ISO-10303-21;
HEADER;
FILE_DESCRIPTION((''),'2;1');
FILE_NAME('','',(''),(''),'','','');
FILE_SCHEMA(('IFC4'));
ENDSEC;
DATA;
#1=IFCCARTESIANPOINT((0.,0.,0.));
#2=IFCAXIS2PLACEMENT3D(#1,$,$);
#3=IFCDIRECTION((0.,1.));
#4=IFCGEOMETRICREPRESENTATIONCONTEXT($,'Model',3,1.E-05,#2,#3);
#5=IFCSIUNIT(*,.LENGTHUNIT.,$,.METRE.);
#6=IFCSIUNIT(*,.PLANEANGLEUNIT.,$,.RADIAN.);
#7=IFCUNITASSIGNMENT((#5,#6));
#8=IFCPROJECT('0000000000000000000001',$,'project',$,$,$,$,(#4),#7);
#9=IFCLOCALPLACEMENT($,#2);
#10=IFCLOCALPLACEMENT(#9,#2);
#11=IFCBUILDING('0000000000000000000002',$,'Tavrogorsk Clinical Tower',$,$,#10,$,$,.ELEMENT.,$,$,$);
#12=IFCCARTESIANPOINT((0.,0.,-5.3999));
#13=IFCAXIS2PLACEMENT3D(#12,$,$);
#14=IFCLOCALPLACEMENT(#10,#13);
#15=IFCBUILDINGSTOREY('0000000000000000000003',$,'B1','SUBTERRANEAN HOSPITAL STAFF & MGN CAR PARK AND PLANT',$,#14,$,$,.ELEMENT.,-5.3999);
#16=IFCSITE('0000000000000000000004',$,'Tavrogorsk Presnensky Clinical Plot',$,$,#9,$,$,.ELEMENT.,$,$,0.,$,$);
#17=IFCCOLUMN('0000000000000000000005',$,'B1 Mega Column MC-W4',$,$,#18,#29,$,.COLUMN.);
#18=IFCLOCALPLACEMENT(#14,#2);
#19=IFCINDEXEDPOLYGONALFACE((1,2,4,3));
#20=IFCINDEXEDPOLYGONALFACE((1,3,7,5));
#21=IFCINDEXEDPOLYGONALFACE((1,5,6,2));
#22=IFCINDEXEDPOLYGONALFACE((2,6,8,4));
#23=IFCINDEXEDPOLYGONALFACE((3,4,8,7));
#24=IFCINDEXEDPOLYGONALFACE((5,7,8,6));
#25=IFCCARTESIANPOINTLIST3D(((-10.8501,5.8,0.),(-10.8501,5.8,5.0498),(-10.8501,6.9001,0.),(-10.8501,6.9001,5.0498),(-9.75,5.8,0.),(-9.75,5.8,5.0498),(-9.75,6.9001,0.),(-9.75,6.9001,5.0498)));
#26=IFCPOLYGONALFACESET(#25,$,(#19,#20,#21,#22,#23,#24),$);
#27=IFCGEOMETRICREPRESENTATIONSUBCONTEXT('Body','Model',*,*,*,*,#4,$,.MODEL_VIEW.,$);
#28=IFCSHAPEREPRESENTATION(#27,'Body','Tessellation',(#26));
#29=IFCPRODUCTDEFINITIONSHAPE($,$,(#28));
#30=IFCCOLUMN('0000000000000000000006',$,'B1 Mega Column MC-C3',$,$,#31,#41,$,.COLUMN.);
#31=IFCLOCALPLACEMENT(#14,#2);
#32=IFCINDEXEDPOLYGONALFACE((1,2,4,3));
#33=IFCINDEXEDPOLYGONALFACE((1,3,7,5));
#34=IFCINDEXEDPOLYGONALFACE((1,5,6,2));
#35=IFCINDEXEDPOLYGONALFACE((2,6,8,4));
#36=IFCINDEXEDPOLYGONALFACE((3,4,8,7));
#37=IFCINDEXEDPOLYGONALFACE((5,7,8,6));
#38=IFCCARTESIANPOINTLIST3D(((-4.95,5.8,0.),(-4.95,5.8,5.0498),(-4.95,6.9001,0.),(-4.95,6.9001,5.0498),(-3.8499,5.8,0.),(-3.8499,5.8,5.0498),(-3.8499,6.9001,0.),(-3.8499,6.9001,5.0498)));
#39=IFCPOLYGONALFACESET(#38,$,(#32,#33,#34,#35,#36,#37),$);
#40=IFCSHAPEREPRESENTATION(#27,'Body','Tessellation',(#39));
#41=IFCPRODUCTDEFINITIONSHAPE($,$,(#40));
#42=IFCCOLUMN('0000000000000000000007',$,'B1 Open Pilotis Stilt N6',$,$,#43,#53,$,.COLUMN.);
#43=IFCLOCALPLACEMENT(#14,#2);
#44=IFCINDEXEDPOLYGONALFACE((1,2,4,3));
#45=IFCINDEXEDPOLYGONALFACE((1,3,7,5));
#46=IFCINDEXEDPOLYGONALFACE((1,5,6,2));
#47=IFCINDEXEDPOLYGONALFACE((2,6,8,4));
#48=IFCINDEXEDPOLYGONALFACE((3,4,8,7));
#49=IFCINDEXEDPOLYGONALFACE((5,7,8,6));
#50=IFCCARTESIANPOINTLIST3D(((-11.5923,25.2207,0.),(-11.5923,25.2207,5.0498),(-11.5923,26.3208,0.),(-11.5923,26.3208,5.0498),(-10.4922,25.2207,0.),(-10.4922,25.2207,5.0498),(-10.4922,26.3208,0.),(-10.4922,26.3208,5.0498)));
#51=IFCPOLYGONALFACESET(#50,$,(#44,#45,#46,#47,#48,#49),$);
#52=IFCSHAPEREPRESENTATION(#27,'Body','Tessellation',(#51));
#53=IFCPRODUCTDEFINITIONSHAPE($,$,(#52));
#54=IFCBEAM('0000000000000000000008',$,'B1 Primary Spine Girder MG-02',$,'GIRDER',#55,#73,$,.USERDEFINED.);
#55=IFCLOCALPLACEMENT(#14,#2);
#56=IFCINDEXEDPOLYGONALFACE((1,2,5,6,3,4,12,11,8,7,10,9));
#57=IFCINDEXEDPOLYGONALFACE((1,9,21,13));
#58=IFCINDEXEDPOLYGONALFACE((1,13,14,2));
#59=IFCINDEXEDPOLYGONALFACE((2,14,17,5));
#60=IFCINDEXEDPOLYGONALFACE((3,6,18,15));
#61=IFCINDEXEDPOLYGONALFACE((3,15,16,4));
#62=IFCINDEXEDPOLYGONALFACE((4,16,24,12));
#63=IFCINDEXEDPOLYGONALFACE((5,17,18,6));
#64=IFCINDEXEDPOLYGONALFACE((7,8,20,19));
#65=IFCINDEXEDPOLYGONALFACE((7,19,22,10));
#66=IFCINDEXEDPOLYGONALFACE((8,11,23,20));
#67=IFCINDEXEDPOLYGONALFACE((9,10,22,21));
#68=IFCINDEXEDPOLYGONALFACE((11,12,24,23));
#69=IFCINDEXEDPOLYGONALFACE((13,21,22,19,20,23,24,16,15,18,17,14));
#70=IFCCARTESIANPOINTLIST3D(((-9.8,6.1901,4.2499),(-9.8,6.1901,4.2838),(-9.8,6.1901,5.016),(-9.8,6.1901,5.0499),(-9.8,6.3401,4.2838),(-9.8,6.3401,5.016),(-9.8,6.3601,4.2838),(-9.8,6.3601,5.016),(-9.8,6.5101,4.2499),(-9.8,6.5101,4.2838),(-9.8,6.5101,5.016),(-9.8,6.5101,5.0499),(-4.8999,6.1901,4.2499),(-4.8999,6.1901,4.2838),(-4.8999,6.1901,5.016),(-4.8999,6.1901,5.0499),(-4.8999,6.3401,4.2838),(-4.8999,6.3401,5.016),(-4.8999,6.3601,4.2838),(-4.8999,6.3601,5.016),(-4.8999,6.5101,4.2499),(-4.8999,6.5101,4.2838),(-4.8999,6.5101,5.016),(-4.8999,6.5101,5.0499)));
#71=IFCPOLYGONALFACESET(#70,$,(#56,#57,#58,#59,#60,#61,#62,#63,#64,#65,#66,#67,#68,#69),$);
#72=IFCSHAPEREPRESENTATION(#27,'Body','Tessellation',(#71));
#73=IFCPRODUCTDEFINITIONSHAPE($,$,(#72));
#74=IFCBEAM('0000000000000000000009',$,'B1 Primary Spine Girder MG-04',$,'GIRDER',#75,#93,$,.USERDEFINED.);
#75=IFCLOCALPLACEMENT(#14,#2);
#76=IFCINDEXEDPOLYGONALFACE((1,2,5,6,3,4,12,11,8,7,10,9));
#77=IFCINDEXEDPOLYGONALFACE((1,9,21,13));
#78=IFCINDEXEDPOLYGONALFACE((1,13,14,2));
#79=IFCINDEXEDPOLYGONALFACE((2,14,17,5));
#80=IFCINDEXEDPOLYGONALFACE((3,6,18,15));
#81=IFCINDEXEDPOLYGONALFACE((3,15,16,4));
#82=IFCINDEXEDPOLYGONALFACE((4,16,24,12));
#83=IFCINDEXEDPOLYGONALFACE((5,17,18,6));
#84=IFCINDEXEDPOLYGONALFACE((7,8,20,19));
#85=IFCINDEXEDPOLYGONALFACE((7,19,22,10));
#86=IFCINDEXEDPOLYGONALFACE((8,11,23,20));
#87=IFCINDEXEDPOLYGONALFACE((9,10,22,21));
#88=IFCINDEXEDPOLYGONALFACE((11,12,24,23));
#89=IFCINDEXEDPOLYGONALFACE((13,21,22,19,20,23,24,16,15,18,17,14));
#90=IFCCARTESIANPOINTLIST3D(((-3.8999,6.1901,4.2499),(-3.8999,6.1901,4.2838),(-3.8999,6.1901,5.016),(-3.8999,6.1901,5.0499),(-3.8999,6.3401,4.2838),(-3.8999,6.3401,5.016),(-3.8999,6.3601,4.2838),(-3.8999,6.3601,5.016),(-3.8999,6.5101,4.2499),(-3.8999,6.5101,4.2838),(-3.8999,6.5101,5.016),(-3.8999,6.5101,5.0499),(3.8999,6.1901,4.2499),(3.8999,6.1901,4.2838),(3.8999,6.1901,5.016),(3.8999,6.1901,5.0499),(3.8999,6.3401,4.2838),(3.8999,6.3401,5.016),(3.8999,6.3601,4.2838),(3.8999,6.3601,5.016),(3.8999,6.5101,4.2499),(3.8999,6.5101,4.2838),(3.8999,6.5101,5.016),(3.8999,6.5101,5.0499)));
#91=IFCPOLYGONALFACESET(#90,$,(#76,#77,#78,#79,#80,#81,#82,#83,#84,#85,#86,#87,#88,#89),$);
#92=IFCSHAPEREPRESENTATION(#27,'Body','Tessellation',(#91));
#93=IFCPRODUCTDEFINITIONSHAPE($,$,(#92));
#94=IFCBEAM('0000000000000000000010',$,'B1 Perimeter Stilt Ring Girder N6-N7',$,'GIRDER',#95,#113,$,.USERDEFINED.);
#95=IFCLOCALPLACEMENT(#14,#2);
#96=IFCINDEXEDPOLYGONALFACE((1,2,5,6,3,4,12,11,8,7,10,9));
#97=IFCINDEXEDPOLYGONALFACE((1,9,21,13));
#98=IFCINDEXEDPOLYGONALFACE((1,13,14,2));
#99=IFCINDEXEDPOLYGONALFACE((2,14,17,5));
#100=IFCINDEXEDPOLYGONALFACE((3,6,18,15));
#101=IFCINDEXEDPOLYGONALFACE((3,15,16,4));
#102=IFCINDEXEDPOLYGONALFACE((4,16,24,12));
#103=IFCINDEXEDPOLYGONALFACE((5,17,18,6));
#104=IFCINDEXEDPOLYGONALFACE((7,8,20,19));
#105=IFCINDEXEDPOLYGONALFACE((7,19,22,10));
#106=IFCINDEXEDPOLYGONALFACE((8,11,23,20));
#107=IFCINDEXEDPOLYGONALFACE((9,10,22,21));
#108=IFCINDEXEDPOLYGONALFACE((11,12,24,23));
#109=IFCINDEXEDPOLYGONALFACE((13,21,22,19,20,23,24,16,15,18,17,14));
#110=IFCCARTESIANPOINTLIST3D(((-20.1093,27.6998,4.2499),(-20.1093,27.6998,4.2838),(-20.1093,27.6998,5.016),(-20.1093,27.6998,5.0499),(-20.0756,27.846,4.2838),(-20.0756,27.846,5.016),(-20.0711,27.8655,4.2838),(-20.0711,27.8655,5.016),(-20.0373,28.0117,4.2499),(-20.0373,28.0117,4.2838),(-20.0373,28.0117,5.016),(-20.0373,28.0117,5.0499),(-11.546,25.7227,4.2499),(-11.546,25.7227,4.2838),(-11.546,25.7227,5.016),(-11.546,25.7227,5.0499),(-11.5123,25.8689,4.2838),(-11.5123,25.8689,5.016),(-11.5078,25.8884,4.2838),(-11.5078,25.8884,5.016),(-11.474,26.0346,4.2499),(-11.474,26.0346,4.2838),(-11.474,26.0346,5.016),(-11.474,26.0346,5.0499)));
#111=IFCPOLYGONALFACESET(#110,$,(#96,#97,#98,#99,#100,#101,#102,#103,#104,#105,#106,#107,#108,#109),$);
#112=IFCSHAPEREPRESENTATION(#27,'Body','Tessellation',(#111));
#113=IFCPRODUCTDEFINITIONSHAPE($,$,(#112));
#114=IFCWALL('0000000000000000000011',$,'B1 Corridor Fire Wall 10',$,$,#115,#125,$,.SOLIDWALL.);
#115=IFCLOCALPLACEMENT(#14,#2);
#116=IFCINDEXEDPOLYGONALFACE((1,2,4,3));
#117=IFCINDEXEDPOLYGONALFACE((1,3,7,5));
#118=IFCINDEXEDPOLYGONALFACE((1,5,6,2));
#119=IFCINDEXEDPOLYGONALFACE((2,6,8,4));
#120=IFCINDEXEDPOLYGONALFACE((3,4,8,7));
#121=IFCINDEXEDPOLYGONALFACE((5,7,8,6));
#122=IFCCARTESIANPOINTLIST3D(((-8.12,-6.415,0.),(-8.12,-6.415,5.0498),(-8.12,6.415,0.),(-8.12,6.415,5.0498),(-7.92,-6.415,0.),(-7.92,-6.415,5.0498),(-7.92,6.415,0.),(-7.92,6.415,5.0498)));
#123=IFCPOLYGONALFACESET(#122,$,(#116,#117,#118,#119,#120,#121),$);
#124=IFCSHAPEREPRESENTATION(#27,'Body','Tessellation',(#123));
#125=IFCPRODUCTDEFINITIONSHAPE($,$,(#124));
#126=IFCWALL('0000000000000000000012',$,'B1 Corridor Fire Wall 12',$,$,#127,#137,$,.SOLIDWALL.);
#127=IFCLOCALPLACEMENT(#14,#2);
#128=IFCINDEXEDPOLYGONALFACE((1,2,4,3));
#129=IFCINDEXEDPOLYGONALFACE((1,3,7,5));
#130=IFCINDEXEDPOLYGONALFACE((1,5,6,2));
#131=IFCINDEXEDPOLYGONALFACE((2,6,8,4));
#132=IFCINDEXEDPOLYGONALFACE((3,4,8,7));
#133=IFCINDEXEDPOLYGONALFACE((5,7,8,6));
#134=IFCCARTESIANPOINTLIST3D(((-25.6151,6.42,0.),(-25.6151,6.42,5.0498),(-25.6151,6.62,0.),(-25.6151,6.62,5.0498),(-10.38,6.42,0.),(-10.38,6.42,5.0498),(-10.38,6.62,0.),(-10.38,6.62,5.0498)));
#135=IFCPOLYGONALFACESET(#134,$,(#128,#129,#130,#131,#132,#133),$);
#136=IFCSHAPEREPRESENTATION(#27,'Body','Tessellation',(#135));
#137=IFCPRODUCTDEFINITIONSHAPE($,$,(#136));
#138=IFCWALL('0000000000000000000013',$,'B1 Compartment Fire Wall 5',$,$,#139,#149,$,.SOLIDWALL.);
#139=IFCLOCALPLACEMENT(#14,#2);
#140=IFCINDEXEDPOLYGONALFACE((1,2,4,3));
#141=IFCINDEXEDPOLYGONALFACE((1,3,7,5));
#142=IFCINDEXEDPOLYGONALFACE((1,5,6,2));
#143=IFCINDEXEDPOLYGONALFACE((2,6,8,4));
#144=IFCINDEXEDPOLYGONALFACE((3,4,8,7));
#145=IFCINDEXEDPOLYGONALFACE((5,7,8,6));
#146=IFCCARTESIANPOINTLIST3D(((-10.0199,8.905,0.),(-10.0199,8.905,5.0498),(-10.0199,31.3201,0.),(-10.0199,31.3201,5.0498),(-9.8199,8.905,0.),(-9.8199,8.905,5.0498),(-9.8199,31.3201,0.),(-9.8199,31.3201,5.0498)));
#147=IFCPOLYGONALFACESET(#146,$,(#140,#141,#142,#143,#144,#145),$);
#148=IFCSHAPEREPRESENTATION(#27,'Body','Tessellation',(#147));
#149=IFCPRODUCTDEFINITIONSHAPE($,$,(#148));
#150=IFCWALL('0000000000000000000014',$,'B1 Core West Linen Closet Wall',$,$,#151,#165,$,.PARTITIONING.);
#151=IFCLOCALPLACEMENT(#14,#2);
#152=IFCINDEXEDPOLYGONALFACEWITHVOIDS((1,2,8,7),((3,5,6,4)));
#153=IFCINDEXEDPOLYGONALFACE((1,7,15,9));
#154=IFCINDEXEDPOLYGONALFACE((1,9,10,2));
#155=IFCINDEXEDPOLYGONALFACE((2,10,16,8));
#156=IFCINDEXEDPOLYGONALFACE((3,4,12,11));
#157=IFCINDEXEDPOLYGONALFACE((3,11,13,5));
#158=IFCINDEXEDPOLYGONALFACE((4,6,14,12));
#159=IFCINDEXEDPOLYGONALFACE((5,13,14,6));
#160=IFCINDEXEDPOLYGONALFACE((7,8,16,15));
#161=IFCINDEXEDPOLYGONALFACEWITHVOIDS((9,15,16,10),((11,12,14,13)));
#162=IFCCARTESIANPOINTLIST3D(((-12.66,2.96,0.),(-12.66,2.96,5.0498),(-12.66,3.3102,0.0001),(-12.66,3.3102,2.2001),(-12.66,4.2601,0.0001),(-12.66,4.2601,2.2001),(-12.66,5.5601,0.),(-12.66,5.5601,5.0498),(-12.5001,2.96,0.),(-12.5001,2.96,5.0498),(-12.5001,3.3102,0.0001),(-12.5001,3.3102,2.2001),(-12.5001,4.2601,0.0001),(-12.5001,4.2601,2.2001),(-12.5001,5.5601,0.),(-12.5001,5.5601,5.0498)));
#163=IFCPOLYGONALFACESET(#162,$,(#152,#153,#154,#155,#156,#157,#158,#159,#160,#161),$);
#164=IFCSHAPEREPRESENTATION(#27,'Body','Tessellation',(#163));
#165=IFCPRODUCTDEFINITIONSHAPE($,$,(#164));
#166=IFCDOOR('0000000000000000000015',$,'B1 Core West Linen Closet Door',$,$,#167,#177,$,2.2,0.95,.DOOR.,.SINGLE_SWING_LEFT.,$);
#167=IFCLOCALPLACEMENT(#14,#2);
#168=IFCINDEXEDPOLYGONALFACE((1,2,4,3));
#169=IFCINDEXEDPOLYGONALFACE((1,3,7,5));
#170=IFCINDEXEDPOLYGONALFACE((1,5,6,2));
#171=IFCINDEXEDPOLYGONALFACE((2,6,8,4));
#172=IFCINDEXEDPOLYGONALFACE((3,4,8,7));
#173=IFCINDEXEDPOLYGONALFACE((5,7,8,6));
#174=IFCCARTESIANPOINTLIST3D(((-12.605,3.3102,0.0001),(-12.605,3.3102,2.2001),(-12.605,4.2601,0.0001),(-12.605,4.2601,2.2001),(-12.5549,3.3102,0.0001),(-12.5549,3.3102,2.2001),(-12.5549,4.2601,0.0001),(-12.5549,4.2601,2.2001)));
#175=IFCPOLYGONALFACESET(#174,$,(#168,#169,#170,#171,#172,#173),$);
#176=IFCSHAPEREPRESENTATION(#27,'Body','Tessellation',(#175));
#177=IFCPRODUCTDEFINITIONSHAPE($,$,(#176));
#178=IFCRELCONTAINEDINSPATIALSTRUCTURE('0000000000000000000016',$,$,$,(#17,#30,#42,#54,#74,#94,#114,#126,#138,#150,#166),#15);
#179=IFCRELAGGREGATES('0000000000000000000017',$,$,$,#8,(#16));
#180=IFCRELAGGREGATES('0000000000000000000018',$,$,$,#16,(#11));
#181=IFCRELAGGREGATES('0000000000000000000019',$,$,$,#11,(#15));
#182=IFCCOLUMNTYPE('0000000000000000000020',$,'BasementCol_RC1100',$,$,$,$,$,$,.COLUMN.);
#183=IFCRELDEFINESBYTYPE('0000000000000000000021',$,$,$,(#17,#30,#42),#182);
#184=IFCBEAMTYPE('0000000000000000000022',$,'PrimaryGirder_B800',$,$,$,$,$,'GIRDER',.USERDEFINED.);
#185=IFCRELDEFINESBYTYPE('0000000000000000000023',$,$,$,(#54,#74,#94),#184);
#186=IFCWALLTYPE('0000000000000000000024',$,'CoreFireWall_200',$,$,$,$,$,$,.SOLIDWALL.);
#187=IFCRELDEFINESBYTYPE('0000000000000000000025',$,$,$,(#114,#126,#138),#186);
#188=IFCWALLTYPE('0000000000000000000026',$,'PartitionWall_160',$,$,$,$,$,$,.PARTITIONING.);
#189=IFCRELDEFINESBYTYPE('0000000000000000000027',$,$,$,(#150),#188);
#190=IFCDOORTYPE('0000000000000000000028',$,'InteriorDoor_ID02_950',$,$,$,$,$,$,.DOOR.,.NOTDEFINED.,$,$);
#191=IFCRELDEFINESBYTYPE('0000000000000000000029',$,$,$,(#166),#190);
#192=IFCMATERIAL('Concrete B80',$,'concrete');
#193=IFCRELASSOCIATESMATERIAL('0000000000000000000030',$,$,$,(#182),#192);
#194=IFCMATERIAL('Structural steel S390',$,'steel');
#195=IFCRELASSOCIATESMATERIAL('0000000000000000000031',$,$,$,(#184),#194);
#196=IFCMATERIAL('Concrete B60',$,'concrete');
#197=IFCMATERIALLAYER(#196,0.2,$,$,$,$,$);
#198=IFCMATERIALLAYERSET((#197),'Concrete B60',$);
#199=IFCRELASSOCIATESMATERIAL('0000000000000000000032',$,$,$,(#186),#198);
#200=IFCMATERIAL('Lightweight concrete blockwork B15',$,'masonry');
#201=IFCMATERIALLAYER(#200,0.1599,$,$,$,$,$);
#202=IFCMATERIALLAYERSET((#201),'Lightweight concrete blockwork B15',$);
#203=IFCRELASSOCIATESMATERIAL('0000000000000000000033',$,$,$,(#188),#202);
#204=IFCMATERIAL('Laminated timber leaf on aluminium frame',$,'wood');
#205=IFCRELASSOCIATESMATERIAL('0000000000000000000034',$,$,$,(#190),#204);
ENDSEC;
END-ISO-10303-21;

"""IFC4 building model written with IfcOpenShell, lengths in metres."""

from ifc_helpers import new_model, si_unit, direction, frame, frame_2d, origin, origin_2d, place, context, subcontext, project, spatial, rectangle, i_section, extrude, material, layer, layer_set, material_profile, profile_set, type_object, element, fill, save


model = new_model("IFC4")

# Units and contexts
model_context = context("Model", 3, precision=1e-05, world=origin(), true_north=direction((0.0, 1.0)))
body_context = subcontext(model_context, "Body", "Model", "MODEL_VIEW")
ifc_project = project(units=[si_unit("LENGTHUNIT", "METRE"), si_unit("PLANEANGLEUNIT", "RADIAN")], contexts=[model_context])

# Site, building, storey
site_placement = place(None, origin())
site = spatial("IfcSite", under=ifc_project, at=site_placement, Name="Tavrogorsk Presnensky Clinical Plot", CompositionType="ELEMENT", RefElevation=0.0)
building_placement = place(site_placement, origin())
building = spatial("IfcBuilding", under=site, at=building_placement, Name="Tavrogorsk Clinical Tower", CompositionType="ELEMENT")
storey_placement = place(building_placement, frame((0.0, 0.0, -5.3999)))
storey = spatial("IfcBuildingStorey", under=building, at=storey_placement, Name="B1", Description="SUBTERRANEAN HOSPITAL STAFF & MGN CAR PARK AND PLANT", CompositionType="ELEMENT", Elevation=-5.3999)

# Columns
ifc_material_1 = material(Name="Concrete B80", Category="concrete")
ifc_material_profile_1 = material_profile(ifc_material_1, rectangle(XDim=1.1001, YDim=1.1001, at=origin_2d()), Name="RC-COL-1100x1100")
ifc_profile_set_1 = profile_set([ifc_material_profile_1], Name="Concrete B80")
column_type = type_object("IfcColumnType", Name="BasementCol_RC1100", PredefinedType="COLUMN", material=ifc_profile_set_1)
for number, where, z_axis, x_axis, name in (
    (1, (-10.3, 6.3501, 0.0), (0.0, 0.0, 1.0), (1.0, 0.0, 0.0), "B1 Mega Column MC-W4"),
    (2, (-4.3999, 6.3501, 0.0), (0.0, 0.0, 1.0), (1.0, 0.0, 0.0), "B1 Mega Column MC-C3"),
    (3, (-11.0422, 25.7708, 0.0), (0.0, 0.0, 1.0), (1.0, 0.0, 0.0), "B1 Open Pilotis Stilt N6"),
):
    element("IfcColumn", number, at=place(storey_placement, frame(where, z_axis=z_axis, x_axis=x_axis)), inside=storey, type_object=column_type, Name=name, PredefinedType="COLUMN", context=body_context, shape_type="SweptSolid", body=[
        extrude(rectangle(XDim=1.1001, YDim=1.1001, at=origin_2d()), origin(), (0.0, 0.0, 1.0), 5.0498),
    ])

# Beams
ifc_material_2 = material(Name="Structural steel S390", Category="steel")
ifc_material_profile_2 = material_profile(ifc_material_2, i_section(OverallWidth=0.3201, OverallDepth=0.8, WebThickness=0.02, FlangeThickness=0.0339, at=origin_2d()), Name="B-800x320x20x34")
ifc_profile_set_2 = profile_set([ifc_material_profile_2], Name="Structural steel S390")
beam_type = type_object("IfcBeamType", Name="PrimaryGirder_B800", ElementType="GIRDER", PredefinedType="USERDEFINED", material=ifc_profile_set_2)
beam_1_placement = place(storey_placement, frame((-9.8, 6.3501, 4.6499), z_axis=(1.0, 0.0, 0.0), x_axis=(0.0, 1.0, 0.0)))
element("IfcBeam", 4, at=beam_1_placement, inside=storey, type_object=beam_type, Name="B1 Primary Spine Girder MG-02", ObjectType="GIRDER", PredefinedType="USERDEFINED", context=body_context, shape_type="SweptSolid", body=[
    extrude(i_section(OverallWidth=0.3201, OverallDepth=0.8, WebThickness=0.02, FlangeThickness=0.0339, at=origin_2d()), origin(), (0.0, 0.0, 1.0), 4.9001),
])
beam_2_placement = place(storey_placement, frame((-3.8999, 6.3501, 4.6499), z_axis=(1.0, 0.0, 0.0), x_axis=(0.0, 1.0, 0.0)))
element("IfcBeam", 5, at=beam_2_placement, inside=storey, type_object=beam_type, Name="B1 Primary Spine Girder MG-04", ObjectType="GIRDER", PredefinedType="USERDEFINED", context=body_context, shape_type="SweptSolid", body=[
    extrude(i_section(OverallWidth=0.3201, OverallDepth=0.8, WebThickness=0.02, FlangeThickness=0.0339, at=origin_2d()), origin(), (0.0, 0.0, 1.0), 7.7998),
])
beam_3_placement = place(storey_placement, frame((-11.51, 25.8787, 4.6499), z_axis=(-0.974368, 0.224959, 0.0), x_axis=(-0.224959, -0.974368, 0.0)))
element("IfcBeam", 6, at=beam_3_placement, inside=storey, type_object=beam_type, Name="B1 Perimeter Stilt Ring Girder N6-N7", ObjectType="GIRDER", PredefinedType="USERDEFINED", context=body_context, shape_type="SweptSolid", body=[
    extrude(i_section(OverallWidth=0.3201, OverallDepth=0.8, WebThickness=0.02, FlangeThickness=0.0339, at=origin_2d()), origin(), (0.0, 0.0, 1.0), 8.7886),
])

# Walls
ifc_material_3 = material(Name="Concrete B60", Category="concrete")
ifc_layer_1 = layer(ifc_material_3, 0.2)
ifc_layer_set_1 = layer_set([ifc_layer_1], Name="Concrete B60")
wall_type_1 = type_object("IfcWallType", Name="CoreFireWall_200", PredefinedType="SOLIDWALL", material=ifc_layer_set_1)
wall_1_placement = place(storey_placement, frame((-8.02, 6.415, 0.0), z_axis=(0.0, 0.0, 1.0), x_axis=(0.0, -1.0, 0.0)))
element("IfcWall", 7, at=wall_1_placement, inside=storey, type_object=wall_type_1, Name="B1 Corridor Fire Wall 10", PredefinedType="SOLIDWALL", context=body_context, shape_type="SweptSolid", body=[
    extrude(rectangle(XDim=12.8301, YDim=0.2, at=frame_2d((6.415, 0.0))), origin(), (0.0, 0.0, 1.0), 5.0498),
])
wall_2_placement = place(storey_placement, frame((-10.3799, 6.52, 0.0), z_axis=(0.0, 0.0, 1.0), x_axis=(-1.0, 0.0, 0.0)))
element("IfcWall", 8, at=wall_2_placement, inside=storey, type_object=wall_type_1, Name="B1 Corridor Fire Wall 12", PredefinedType="SOLIDWALL", context=body_context, shape_type="SweptSolid", body=[
    extrude(rectangle(XDim=15.2351, YDim=0.2, at=frame_2d((7.6177, 0.0))), origin(), (0.0, 0.0, 1.0), 5.0498),
])
wall_3_placement = place(storey_placement, frame((-9.9199, 8.905, 0.0), z_axis=(0.0, 0.0, 1.0), x_axis=(0.0, 1.0, 0.0)))
element("IfcWall", 9, at=wall_3_placement, inside=storey, type_object=wall_type_1, Name="B1 Compartment Fire Wall 5", PredefinedType="SOLIDWALL", context=body_context, shape_type="SweptSolid", body=[
    extrude(rectangle(XDim=22.415, YDim=0.2, at=frame_2d((11.2075, 0.0))), origin(), (0.0, 0.0, 1.0), 5.0498),
])

# Wall, opening, door
ifc_material_4 = material(Name="Lightweight concrete blockwork B15", Category="masonry")
ifc_layer_2 = layer(ifc_material_4, 0.1599)
ifc_layer_set_2 = layer_set([ifc_layer_2], Name="Lightweight concrete blockwork B15")
wall_type_2 = type_object("IfcWallType", Name="PartitionWall_160", PredefinedType="PARTITIONING", material=ifc_layer_set_2)
wall_4_placement = place(storey_placement, frame((-12.5801, 2.96, 0.0), z_axis=(0.0, 0.0, 1.0), x_axis=(0.0, 1.0, 0.0)))
wall_4 = element("IfcWall", 10, at=wall_4_placement, inside=storey, type_object=wall_type_2, Name="B1 Core West Linen Closet Wall", PredefinedType="PARTITIONING", context=body_context, shape_type="SweptSolid", body=[
    extrude(rectangle(XDim=2.6001, YDim=0.1599, at=frame_2d((1.3, 0.0))), origin(), (0.0, 0.0, 1.0), 5.0498),
])
opening_1_placement = place(wall_4_placement, frame((0.3501, 0.0, 0.0)))
opening_1 = element("IfcOpeningElement", 11, at=opening_1_placement, cuts=wall_4, PredefinedType="OPENING", context=body_context, shape_type="SweptSolid", body=[
    extrude(rectangle(XDim=0.95, YDim=2.2, at=frame_2d((0.4751, 1.1001))), frame((0.0, 0.0898, 0.0), z_axis=(0.0, -1.0, 0.0), x_axis=(1.0, 0.0, 0.0)), (0.0, 0.0, 1.0), 0.1799),
])
ifc_material_5 = material(Name="Laminated timber leaf on aluminium frame", Category="wood")
door_type_1 = type_object("IfcDoorType", Name="InteriorDoor_ID02_950", OperationType="NOTDEFINED", PredefinedType="DOOR", material=ifc_material_5)
door_1_placement = place(opening_1_placement, origin())
door_1 = element("IfcDoor", 12, at=door_1_placement, inside=storey, type_object=door_type_1, Name="B1 Core West Linen Closet Door", OperationType="SINGLE_SWING_LEFT", OverallHeight=2.2, OverallWidth=0.95, PredefinedType="DOOR", context=body_context, shape_type="SweptSolid", body=[
    extrude(rectangle(XDim=0.95, YDim=2.2, at=frame_2d((0.4751, 1.1001))), frame((0.0, 0.0249, 0.0), z_axis=(0.0, -1.0, 0.0), x_axis=(1.0, 0.0, 0.0)), (0.0, 0.0, 1.0), 0.05),
])
fill(opening_1, door_1)

save(model, "model.ifc")
